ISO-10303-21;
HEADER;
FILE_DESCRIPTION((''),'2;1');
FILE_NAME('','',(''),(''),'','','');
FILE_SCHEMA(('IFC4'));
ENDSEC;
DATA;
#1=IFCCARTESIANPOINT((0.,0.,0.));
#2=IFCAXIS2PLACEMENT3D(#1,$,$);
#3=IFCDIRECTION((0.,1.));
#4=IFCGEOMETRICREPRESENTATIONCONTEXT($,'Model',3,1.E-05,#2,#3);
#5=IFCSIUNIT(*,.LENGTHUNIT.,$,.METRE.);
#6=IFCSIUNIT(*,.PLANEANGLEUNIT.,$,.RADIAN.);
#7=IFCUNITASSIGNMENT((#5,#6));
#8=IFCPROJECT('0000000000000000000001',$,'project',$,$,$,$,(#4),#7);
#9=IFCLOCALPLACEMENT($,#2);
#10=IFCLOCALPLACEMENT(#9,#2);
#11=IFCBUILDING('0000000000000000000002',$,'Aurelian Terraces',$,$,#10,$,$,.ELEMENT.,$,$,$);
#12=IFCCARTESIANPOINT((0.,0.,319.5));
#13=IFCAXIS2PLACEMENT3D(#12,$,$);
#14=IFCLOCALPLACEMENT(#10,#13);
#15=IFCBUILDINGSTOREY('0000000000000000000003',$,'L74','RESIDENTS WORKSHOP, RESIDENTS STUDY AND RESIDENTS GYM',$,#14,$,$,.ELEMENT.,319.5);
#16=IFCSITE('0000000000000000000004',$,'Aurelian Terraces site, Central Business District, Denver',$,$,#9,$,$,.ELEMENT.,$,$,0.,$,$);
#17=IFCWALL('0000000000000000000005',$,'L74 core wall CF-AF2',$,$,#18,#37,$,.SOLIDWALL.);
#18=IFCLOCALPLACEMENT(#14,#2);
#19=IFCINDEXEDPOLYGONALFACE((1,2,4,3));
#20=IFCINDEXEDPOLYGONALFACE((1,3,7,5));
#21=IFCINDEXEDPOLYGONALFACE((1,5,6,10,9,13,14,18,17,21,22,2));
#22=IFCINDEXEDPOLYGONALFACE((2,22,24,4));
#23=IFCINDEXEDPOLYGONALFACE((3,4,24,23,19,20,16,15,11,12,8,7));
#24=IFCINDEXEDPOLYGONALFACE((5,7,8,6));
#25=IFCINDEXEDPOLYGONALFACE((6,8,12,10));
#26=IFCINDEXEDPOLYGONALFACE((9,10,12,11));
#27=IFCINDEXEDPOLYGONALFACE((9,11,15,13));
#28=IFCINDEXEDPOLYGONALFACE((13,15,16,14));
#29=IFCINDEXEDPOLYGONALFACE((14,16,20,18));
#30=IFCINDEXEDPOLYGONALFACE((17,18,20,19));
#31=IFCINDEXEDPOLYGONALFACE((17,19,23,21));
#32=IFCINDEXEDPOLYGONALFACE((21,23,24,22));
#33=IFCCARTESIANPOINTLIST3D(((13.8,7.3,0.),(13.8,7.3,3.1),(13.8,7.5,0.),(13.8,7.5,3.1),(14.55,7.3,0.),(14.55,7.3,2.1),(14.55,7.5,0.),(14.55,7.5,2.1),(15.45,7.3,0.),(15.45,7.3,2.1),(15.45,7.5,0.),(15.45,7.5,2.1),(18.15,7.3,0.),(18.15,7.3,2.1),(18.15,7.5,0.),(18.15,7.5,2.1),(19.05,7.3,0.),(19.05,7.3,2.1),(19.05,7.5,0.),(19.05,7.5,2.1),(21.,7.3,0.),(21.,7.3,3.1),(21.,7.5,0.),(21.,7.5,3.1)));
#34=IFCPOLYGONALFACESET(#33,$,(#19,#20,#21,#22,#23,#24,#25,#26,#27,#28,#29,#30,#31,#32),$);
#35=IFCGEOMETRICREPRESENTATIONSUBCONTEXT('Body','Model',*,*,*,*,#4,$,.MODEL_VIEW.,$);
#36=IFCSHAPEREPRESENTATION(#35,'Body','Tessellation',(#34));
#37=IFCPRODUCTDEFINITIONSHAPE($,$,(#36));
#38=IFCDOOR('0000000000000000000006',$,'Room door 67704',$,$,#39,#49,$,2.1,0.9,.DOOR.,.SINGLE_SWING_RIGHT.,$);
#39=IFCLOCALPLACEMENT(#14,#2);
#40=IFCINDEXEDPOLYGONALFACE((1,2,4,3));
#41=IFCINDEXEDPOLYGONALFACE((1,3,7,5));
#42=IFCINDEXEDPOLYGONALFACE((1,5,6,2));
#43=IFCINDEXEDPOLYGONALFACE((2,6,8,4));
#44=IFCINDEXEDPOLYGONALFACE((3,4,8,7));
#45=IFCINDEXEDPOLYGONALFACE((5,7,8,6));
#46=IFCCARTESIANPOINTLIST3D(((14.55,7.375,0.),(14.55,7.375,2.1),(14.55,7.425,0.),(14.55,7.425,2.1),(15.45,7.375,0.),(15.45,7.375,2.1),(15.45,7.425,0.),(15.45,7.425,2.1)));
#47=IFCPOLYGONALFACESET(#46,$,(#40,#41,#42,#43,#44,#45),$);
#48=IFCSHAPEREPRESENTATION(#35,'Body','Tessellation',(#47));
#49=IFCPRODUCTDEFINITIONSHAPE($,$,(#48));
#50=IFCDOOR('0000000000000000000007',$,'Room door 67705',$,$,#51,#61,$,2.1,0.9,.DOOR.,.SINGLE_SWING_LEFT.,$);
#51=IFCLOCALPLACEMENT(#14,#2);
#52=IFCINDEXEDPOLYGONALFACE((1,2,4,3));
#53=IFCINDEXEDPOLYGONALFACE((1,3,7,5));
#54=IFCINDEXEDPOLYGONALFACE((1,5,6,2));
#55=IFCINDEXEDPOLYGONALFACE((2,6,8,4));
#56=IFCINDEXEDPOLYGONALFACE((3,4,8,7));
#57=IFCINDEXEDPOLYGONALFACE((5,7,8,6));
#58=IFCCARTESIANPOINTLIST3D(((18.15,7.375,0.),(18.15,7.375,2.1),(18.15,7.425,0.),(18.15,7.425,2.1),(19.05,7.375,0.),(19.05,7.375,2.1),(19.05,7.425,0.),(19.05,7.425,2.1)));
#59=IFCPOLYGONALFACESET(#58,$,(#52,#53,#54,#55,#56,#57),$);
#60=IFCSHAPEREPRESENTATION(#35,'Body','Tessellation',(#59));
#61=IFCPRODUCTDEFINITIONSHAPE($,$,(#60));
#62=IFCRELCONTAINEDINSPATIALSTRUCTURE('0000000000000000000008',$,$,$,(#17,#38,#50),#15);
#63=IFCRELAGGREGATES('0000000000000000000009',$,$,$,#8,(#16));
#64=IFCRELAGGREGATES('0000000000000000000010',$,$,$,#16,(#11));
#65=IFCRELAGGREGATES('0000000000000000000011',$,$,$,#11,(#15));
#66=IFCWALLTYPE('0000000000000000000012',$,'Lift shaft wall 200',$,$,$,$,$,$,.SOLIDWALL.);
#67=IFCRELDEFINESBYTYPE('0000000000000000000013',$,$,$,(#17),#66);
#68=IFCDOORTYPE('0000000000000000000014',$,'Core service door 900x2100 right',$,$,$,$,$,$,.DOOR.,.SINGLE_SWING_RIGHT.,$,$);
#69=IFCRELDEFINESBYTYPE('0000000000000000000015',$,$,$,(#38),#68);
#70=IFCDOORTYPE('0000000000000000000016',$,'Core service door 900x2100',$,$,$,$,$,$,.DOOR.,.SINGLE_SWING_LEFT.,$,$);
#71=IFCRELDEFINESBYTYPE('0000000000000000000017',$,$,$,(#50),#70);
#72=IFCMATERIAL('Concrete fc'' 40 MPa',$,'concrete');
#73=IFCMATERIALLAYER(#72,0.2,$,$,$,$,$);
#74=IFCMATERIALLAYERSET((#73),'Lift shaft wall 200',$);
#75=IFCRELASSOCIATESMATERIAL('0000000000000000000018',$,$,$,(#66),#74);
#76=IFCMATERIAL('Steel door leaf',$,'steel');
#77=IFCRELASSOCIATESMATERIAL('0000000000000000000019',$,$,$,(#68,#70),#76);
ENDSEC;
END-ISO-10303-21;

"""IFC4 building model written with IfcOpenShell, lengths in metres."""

from ifc_helpers import new_model, si_unit, direction, frame, frame_2d, origin, place, context, subcontext, project, spatial, rectangle, extrude, source, transform, mapped, material, layer, layer_set, type_object, element, fill, save


model = new_model("IFC4")

# Units and contexts
model_context = context("Model", 3, precision=1e-05, world=origin(), true_north=direction((0.0, 1.0)))
body_context = subcontext(model_context, "Body", "Model", "MODEL_VIEW")
ifc_project = project(units=[si_unit("LENGTHUNIT", "METRE"), si_unit("PLANEANGLEUNIT", "RADIAN")], contexts=[model_context])

# Site, building, storey
site_placement = place(None, origin())
site = spatial("IfcSite", under=ifc_project, at=site_placement, Name="Aurelian Terraces site, Central Business District, Denver", CompositionType="ELEMENT", RefElevation=0.0)
building_placement = place(site_placement, origin())
building = spatial("IfcBuilding", under=site, at=building_placement, Name="Aurelian Terraces", CompositionType="ELEMENT")
storey_placement = place(building_placement, frame((0.0, 0.0, 319.5)))
storey = spatial("IfcBuildingStorey", under=building, at=storey_placement, Name="L74", Description="RESIDENTS WORKSHOP, RESIDENTS STUDY AND RESIDENTS GYM", CompositionType="ELEMENT", Elevation=319.5)

# Shared definitions
ifc_material_1 = material(Name="Concrete fc' 40 MPa", Category="concrete")
ifc_layer_1 = layer(ifc_material_1, 0.2)
ifc_layer_set_1 = layer_set([ifc_layer_1], Name="Lift shaft wall 200")
wall_type_1 = type_object("IfcWallType", Name="Lift shaft wall 200", PredefinedType="SOLIDWALL", material=ifc_layer_set_1)

# Shared definitions
shared_shape_1 = source(origin(), body_context, "Body", "SweptSolid", [
    extrude(rectangle(XDim=0.9, YDim=2.1, at=frame_2d((0.45, 1.05))), frame((0.0, 0.11, 0.0), z_axis=(0.0, -1.0, 0.0), x_axis=(1.0, 0.0, 0.0)), (0.0, 0.0, 1.0), 0.22),
])
ifc_material_2 = material(Name="Steel door leaf", Category="steel")
door_type_1 = type_object("IfcDoorType", Name="Core service door 900x2100 right", OperationType="SINGLE_SWING_RIGHT", PredefinedType="DOOR", material=ifc_material_2)
shared_shape_2 = source(origin(), body_context, "Body", "SweptSolid", [
    extrude(rectangle(XDim=0.9, YDim=2.1, at=frame_2d((0.45, 1.05))), frame((0.0, 0.025, 0.0), z_axis=(0.0, -1.0, 0.0), x_axis=(1.0, 0.0, 0.0)), (0.0, 0.0, 1.0), 0.05),
])
door_type_2 = type_object("IfcDoorType", Name="Core service door 900x2100", OperationType="SINGLE_SWING_LEFT", PredefinedType="DOOR", material=ifc_material_2)

# Wall, openings, doors
shared_shape_3 = source(origin(), body_context, "Body", "SweptSolid", [
    extrude(rectangle(XDim=7.2, YDim=0.2, at=frame_2d((3.6, 0.0))), origin(), (0.0, 0.0, 1.0), 3.1),
])
wall_1_placement = place(storey_placement, frame((13.8, 7.4, 0.0), z_axis=(0.0, 0.0, 1.0), x_axis=(1.0, 0.0, 0.0)))
wall_1 = element("IfcWall", 1, at=wall_1_placement, inside=storey, type_object=wall_type_1, Name="L74 core wall CF-AF2", PredefinedType="SOLIDWALL", context=body_context, shape_type="MappedRepresentation", body=[
    mapped(shared_shape_3, transform((0.0, 0.0, 0.0), scale=1.0)),
])
opening_1_placement = place(wall_1_placement, frame((0.75, 0.0, 0.0)))
opening_1 = element("IfcOpeningElement", 2, at=opening_1_placement, cuts=wall_1, PredefinedType="OPENING", context=body_context, shape_type="MappedRepresentation", body=[
    mapped(shared_shape_1, transform((0.0, 0.0, 0.0), scale=1.0)),
])
opening_2_placement = place(wall_1_placement, frame((4.35, 0.0, 0.0)))
opening_2 = element("IfcOpeningElement", 3, at=opening_2_placement, cuts=wall_1, PredefinedType="OPENING", context=body_context, shape_type="MappedRepresentation", body=[
    mapped(shared_shape_1, transform((0.0, 0.0, 0.0), scale=1.0)),
])
door_1_placement = place(opening_1_placement, origin())
door_1 = element("IfcDoor", 4, at=door_1_placement, inside=storey, type_object=door_type_1, Name="Room door 67704", OperationType="SINGLE_SWING_RIGHT", OverallHeight=2.1, OverallWidth=0.9, PredefinedType="DOOR", context=body_context, shape_type="MappedRepresentation", body=[
    mapped(shared_shape_2, transform((0.0, 0.0, 0.0), scale=1.0)),
])
fill(opening_1, door_1)
door_2_placement = place(opening_2_placement, origin())
door_2 = element("IfcDoor", 5, at=door_2_placement, inside=storey, type_object=door_type_2, Name="Room door 67705", OperationType="SINGLE_SWING_LEFT", OverallHeight=2.1, OverallWidth=0.9, PredefinedType="DOOR", context=body_context, shape_type="MappedRepresentation", body=[
    mapped(shared_shape_2, transform((0.0, 0.0, 0.0), scale=1.0)),
])
fill(opening_2, door_2)

save(model, "model.ifc")
